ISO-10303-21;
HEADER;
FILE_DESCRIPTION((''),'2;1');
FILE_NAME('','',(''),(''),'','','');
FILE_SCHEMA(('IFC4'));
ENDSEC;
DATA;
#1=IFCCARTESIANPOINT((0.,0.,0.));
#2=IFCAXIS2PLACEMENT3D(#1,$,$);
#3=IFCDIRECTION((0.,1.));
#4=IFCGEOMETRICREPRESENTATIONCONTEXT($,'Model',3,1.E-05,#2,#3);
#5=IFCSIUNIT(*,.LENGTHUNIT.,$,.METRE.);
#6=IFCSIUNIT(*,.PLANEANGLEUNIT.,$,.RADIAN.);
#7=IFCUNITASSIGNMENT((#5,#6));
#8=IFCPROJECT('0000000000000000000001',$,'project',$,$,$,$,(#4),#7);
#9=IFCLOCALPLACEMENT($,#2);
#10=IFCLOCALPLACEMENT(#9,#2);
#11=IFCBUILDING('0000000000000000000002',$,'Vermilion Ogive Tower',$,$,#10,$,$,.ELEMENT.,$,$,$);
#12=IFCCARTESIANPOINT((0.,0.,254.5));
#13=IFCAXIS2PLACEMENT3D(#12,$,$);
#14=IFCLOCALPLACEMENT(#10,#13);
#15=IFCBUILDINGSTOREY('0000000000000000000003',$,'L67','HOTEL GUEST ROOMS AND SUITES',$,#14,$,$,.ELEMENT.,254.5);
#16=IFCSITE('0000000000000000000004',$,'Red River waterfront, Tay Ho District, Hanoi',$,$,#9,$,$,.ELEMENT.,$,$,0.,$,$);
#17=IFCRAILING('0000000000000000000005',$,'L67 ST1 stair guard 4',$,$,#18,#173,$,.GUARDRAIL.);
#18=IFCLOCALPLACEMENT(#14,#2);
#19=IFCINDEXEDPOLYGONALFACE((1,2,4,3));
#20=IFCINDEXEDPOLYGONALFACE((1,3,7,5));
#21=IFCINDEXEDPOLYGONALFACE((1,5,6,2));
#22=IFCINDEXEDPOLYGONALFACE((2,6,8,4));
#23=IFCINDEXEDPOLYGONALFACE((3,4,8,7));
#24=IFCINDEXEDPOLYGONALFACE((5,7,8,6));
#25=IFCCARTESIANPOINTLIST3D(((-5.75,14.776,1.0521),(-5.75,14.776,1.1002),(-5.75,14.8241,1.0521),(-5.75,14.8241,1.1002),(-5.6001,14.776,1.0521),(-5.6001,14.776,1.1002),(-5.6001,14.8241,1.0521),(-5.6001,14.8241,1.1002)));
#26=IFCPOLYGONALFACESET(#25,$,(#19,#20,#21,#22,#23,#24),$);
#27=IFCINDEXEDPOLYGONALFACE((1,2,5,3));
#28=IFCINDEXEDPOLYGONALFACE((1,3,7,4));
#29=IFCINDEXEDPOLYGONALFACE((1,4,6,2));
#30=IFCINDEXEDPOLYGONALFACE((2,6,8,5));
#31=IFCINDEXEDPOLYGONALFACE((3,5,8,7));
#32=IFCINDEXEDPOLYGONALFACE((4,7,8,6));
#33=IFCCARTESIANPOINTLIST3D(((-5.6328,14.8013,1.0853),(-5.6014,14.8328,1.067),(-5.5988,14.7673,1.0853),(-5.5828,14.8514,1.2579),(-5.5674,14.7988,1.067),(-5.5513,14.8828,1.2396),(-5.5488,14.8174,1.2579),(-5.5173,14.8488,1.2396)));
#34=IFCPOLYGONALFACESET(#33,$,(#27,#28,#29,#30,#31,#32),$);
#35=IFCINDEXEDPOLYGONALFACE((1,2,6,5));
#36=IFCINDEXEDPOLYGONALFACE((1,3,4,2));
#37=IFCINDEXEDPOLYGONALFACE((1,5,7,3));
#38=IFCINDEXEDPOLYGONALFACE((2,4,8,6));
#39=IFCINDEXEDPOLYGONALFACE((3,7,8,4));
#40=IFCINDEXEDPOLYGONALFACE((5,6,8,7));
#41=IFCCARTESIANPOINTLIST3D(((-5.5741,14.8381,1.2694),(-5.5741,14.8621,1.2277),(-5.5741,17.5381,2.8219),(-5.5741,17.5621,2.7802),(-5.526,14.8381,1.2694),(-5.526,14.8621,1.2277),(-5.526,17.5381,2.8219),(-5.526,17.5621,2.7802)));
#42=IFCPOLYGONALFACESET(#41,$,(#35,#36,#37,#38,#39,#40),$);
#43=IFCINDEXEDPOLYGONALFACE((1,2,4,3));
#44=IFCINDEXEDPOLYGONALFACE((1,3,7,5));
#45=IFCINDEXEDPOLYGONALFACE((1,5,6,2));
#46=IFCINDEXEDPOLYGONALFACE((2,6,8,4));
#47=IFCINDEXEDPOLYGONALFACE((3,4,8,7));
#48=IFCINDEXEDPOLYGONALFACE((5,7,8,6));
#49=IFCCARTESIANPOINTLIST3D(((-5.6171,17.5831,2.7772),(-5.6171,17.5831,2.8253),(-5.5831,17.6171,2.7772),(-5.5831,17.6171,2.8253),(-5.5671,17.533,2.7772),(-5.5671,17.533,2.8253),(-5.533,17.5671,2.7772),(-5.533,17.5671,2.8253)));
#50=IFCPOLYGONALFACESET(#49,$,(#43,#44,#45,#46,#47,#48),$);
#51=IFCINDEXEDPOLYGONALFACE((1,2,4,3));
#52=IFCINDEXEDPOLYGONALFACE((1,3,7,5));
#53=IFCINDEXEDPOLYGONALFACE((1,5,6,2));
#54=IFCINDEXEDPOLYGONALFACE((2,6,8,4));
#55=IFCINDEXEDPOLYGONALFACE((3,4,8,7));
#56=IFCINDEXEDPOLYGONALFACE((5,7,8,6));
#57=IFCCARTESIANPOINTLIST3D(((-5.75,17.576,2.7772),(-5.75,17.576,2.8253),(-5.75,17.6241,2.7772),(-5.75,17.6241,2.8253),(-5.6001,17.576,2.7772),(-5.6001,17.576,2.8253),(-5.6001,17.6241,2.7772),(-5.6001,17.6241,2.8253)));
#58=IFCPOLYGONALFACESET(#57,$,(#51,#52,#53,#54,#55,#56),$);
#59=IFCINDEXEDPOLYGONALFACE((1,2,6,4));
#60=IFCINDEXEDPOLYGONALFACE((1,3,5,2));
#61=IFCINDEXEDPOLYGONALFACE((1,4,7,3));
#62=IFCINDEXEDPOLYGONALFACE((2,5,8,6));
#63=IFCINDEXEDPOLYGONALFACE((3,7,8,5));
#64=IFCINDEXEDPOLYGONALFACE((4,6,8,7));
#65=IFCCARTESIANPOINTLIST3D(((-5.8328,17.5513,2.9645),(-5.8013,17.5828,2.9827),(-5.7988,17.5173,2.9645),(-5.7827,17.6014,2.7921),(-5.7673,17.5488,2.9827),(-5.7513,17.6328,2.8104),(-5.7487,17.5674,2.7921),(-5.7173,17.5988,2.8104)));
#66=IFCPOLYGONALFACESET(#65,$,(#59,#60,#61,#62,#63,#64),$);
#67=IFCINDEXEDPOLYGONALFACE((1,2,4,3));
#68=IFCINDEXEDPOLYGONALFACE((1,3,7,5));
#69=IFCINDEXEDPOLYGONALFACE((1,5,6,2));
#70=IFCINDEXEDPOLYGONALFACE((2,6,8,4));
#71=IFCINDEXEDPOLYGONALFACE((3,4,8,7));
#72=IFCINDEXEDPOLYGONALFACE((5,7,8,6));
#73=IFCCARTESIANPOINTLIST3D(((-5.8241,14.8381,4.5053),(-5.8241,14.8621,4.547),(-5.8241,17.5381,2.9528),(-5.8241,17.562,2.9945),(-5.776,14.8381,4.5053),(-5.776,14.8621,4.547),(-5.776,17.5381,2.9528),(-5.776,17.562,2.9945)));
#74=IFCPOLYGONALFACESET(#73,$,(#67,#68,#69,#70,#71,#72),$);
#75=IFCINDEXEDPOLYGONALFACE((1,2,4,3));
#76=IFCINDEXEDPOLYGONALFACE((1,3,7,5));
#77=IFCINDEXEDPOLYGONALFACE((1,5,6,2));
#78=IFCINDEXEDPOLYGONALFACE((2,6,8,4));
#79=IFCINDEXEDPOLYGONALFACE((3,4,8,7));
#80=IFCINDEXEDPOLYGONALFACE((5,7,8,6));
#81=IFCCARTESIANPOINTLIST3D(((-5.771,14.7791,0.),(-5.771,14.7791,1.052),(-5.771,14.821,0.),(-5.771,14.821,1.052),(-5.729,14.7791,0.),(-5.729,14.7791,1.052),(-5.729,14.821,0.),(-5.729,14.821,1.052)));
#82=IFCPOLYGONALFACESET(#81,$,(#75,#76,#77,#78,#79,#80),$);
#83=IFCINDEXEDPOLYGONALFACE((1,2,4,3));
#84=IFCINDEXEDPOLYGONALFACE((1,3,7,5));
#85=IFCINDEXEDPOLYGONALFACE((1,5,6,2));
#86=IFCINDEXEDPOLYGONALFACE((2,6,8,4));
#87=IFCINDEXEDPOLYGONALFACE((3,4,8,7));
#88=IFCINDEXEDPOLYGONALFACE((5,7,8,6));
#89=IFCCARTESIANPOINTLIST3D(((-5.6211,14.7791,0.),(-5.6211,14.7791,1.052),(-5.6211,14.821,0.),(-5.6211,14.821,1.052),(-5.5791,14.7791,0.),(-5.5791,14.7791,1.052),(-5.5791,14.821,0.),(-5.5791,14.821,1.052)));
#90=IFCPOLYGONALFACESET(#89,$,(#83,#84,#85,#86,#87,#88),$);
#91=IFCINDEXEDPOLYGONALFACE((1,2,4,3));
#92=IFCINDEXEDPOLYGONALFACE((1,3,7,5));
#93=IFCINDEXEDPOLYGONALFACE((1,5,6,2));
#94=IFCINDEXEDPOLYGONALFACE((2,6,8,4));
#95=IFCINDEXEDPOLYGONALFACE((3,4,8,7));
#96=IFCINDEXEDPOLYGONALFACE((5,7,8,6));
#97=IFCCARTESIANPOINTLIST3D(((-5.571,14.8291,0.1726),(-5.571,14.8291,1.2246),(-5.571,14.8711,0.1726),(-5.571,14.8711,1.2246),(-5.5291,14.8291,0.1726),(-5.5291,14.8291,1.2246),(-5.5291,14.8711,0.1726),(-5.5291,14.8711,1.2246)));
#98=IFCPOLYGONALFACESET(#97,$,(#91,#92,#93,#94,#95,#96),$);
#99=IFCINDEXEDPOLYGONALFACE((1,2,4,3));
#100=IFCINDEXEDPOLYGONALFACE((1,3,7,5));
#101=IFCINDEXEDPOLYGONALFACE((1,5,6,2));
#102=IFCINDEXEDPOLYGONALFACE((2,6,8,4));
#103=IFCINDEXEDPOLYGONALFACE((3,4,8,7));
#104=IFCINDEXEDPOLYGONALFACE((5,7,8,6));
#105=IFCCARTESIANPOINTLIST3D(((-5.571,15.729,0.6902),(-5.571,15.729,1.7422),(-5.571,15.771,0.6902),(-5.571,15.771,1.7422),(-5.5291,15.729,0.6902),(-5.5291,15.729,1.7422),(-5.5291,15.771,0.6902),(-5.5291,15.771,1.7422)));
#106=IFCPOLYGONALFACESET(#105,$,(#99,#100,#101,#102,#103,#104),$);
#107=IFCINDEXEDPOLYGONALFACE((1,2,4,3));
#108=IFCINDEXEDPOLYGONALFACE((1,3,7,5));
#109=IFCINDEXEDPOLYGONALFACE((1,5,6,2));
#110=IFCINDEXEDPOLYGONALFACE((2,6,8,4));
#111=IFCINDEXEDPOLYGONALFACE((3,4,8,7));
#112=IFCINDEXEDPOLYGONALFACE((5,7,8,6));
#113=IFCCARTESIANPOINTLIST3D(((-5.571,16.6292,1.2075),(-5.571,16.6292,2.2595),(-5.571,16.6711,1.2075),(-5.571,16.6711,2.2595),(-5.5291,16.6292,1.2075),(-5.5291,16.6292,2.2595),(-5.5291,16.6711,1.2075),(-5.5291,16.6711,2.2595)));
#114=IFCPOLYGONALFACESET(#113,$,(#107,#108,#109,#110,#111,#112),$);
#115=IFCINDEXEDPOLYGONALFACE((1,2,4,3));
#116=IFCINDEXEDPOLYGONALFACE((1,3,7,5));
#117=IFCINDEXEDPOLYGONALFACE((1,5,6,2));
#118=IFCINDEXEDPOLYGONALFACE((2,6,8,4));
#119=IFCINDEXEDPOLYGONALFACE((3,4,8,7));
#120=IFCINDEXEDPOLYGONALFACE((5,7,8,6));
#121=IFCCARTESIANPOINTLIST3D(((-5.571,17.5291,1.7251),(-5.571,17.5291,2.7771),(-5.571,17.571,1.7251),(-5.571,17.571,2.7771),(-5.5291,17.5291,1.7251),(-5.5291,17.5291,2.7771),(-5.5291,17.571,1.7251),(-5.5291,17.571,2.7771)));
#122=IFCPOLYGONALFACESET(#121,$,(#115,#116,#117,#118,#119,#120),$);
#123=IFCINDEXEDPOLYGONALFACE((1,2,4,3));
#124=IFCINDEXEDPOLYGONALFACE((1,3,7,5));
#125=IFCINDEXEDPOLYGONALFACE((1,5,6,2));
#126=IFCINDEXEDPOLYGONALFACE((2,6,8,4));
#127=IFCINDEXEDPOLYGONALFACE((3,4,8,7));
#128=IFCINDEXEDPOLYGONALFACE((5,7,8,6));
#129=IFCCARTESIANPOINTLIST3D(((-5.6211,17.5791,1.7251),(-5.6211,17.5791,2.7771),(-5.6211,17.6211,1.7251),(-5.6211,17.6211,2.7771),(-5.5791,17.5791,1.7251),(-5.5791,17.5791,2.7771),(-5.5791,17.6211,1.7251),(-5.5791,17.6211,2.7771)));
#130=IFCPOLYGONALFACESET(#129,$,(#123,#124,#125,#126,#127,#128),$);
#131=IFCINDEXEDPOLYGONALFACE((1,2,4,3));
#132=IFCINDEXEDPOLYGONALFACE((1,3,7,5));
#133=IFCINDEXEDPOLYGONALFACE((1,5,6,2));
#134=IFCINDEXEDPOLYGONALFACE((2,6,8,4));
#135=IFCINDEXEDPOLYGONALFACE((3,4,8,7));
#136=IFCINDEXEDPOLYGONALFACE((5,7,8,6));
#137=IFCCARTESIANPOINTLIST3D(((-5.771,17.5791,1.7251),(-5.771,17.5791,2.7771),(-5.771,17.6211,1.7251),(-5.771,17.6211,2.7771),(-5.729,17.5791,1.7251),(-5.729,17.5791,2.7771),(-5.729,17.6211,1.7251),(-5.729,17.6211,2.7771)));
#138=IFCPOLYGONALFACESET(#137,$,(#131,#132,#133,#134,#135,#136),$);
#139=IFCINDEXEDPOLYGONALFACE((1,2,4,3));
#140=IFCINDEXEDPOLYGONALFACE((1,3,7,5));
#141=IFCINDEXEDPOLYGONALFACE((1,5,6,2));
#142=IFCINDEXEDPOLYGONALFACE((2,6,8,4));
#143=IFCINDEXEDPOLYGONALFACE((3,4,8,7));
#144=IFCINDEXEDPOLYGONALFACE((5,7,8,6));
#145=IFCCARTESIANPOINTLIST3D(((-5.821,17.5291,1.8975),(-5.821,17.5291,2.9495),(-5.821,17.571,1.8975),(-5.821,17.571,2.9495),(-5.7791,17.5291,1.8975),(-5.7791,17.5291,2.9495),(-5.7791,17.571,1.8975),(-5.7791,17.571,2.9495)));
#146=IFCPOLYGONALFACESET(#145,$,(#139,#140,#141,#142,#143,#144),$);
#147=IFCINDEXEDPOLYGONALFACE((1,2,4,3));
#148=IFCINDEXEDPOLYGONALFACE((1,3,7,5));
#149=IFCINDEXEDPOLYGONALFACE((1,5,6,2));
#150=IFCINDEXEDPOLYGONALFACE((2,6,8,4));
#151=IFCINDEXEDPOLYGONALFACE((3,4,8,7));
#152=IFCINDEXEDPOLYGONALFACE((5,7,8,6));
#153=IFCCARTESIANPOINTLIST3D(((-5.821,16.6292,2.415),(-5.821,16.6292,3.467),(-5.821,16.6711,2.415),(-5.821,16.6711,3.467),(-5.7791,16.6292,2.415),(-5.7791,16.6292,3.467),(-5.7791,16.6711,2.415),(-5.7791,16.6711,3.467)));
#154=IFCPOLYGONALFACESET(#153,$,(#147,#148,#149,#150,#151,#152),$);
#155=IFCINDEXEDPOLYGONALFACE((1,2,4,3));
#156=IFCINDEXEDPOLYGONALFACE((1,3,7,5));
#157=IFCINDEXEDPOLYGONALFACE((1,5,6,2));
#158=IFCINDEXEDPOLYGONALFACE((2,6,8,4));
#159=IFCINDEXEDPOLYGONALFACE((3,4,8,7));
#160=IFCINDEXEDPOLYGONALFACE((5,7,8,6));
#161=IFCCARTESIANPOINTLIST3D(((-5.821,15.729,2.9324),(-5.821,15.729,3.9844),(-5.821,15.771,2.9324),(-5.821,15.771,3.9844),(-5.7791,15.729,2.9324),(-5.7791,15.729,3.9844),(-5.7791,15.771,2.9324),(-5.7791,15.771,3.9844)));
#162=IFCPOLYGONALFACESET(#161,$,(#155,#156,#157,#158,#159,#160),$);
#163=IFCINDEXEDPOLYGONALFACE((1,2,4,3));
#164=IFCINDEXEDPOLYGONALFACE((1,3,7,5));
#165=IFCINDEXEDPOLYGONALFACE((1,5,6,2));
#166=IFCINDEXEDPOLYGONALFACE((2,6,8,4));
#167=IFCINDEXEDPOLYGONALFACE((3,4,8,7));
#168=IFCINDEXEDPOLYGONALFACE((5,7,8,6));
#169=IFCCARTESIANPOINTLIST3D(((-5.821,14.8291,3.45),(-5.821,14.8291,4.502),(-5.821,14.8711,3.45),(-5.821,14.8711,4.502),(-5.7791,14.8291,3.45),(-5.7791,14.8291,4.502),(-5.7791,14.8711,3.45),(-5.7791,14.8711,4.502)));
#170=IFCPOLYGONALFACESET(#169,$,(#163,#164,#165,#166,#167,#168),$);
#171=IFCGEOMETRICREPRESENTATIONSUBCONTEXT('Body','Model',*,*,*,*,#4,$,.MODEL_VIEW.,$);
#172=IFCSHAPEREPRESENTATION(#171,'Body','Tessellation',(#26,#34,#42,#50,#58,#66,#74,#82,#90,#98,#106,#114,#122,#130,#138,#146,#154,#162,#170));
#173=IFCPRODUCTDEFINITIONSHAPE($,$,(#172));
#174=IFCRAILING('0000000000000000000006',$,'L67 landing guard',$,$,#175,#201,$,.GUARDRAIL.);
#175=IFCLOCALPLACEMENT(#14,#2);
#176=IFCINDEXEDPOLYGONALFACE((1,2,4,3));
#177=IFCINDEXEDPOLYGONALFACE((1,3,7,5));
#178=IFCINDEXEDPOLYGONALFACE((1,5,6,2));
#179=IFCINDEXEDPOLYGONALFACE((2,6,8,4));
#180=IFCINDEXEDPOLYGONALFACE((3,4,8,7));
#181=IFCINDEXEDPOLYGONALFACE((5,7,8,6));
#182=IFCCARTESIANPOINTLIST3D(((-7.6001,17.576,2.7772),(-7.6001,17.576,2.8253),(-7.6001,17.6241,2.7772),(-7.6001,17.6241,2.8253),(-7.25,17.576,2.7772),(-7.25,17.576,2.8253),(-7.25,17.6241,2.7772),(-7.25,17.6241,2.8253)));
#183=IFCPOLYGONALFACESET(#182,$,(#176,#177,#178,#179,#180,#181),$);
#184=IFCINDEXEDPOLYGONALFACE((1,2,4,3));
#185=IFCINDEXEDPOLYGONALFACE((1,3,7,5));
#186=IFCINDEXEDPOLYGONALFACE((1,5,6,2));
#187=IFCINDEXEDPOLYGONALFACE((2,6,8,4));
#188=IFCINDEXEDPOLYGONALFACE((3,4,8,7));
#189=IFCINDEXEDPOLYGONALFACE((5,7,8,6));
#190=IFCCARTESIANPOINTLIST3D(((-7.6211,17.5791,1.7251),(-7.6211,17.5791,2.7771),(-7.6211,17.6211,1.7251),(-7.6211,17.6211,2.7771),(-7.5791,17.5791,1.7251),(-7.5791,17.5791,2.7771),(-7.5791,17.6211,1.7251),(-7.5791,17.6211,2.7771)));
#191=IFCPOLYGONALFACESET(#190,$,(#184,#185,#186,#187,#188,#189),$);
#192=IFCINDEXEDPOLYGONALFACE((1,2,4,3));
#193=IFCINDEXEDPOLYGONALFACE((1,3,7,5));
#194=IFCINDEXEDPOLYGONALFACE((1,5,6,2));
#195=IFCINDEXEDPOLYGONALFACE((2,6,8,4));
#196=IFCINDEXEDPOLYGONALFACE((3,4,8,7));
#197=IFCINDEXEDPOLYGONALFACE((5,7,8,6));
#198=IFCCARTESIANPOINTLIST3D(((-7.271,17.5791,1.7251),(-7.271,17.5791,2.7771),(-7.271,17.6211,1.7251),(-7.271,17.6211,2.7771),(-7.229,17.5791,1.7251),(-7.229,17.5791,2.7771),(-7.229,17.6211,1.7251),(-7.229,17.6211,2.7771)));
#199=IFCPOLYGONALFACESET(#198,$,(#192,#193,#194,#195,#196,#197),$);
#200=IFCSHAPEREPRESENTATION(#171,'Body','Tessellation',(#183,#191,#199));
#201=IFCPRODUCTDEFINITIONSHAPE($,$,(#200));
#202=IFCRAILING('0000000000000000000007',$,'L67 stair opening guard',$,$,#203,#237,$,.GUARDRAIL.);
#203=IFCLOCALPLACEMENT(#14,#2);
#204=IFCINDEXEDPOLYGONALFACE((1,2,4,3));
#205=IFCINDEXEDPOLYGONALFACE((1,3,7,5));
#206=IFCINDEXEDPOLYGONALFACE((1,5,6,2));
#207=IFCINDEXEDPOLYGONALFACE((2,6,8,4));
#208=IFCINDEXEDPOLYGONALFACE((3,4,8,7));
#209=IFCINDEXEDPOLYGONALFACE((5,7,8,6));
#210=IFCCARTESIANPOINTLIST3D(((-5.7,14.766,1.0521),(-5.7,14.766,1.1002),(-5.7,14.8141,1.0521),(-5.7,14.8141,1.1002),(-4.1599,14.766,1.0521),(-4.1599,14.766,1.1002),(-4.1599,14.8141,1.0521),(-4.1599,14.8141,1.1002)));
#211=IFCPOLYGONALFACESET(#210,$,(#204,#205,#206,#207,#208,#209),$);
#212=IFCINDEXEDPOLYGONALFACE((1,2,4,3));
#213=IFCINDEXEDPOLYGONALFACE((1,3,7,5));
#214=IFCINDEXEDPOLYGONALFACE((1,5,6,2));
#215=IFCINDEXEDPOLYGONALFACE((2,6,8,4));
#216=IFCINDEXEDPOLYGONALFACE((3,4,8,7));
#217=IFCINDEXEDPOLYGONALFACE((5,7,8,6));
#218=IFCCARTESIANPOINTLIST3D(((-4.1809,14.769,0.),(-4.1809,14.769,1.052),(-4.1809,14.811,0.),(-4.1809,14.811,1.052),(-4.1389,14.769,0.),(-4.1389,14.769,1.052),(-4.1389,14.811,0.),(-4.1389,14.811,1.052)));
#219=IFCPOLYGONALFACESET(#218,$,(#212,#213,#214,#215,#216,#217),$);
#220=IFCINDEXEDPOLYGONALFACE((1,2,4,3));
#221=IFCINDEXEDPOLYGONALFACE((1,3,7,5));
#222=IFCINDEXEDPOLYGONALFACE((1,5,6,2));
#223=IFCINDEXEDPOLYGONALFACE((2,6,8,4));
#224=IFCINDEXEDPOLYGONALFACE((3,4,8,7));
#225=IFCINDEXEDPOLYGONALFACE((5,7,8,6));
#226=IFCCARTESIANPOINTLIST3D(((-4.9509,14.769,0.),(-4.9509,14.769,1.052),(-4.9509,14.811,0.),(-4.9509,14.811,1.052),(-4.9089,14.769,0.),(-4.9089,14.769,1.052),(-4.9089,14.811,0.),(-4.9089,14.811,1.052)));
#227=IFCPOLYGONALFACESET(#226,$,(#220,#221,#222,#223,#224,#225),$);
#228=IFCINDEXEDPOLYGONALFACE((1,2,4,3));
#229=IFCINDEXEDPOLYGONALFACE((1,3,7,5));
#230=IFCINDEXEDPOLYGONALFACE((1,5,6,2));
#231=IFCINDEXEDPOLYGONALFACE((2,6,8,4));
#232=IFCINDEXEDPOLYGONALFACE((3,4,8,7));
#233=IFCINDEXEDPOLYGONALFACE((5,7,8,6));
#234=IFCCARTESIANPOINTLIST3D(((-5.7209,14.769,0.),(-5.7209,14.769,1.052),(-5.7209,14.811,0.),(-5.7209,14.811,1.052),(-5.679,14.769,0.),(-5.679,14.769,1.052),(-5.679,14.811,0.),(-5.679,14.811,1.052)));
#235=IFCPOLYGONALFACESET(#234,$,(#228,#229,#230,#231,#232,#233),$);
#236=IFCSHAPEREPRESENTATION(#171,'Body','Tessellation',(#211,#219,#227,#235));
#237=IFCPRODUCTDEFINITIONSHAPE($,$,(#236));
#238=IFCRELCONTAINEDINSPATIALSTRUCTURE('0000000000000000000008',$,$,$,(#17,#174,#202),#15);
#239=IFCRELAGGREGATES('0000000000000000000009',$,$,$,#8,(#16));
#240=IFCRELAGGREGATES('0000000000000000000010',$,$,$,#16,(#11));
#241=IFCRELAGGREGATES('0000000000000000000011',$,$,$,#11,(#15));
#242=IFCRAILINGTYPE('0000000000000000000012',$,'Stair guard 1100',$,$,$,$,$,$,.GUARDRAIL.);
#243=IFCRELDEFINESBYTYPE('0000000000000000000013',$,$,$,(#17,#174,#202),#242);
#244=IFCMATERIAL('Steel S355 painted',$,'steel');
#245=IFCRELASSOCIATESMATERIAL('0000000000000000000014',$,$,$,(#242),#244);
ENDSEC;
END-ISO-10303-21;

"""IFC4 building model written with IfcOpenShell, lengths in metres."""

from ifc_helpers import new_model, si_unit, direction, frame, origin, origin_2d, place, context, subcontext, project, spatial, rectangle, extrude, material, type_object, element, save


model = new_model("IFC4")

# Units and contexts
model_context = context("Model", 3, precision=1e-05, world=origin(), true_north=direction((0.0, 1.0)))
body_context = subcontext(model_context, "Body", "Model", "MODEL_VIEW")
ifc_project = project(units=[si_unit("LENGTHUNIT", "METRE"), si_unit("PLANEANGLEUNIT", "RADIAN")], contexts=[model_context])

# Site, building, storey
site_placement = place(None, origin())
site = spatial("IfcSite", under=ifc_project, at=site_placement, Name="Red River waterfront, Tay Ho District, Hanoi", CompositionType="ELEMENT", RefElevation=0.0)
building_placement = place(site_placement, origin())
building = spatial("IfcBuilding", under=site, at=building_placement, Name="Vermilion Ogive Tower", CompositionType="ELEMENT")
storey_placement = place(building_placement, frame((0.0, 0.0, 254.5)))
storey = spatial("IfcBuildingStorey", under=building, at=storey_placement, Name="L67", Description="HOTEL GUEST ROOMS AND SUITES", CompositionType="ELEMENT", Elevation=254.5)

# Railings
ifc_material_1 = material(Name="Steel S355 painted", Category="steel")
railing_type_1 = type_object("IfcRailingType", Name="Stair guard 1100", PredefinedType="GUARDRAIL", material=ifc_material_1)
railing_1_placement = place(storey_placement, frame((-5.75, 14.8, 0.0)))
element("IfcRailing", 1, at=railing_1_placement, inside=storey, type_object=railing_type_1, Name="L67 ST1 stair guard 4", PredefinedType="GUARDRAIL", context=body_context, shape_type="SweptSolid", body=[
    extrude(rectangle(XDim=0.0481, YDim=0.0481, at=origin_2d()), frame((0.0, 0.0, 1.0762), z_axis=(1.0, 0.0, 0.0), x_axis=(0.0, 1.0, 0.0)), (0.0, 0.0, 1.0), 0.1499),
    extrude(rectangle(XDim=0.0481, YDim=0.0481, at=origin_2d()), frame((0.1499, 0.0, 1.0762), z_axis=(0.268278, 0.268278, 0.925232), x_axis=(-0.707107, 0.707107, 0.0)), (0.0, 0.0, 1.0), 0.1865),
    extrude(rectangle(XDim=0.0481, YDim=0.0481, at=origin_2d()), frame((0.2, 0.05, 1.2485), z_axis=(0.0, 0.866904, 0.498476), x_axis=(-1.0, 0.0, 0.0)), (0.0, 0.0, 1.0), 3.1145),
    extrude(rectangle(XDim=0.0481, YDim=0.0481, at=origin_2d()), frame((0.2, 2.75, 2.8013), z_axis=(-0.707107, 0.707107, 0.0), x_axis=(-0.707107, -0.707107, 0.0)), (0.0, 0.0, 1.0), 0.0708),
    extrude(rectangle(XDim=0.0481, YDim=0.0481, at=origin_2d()), frame((0.1499, 2.8, 2.8013), z_axis=(-1.0, 0.0, 0.0), x_axis=(0.0, -1.0, 0.0)), (0.0, 0.0, 1.0), 0.1499),
    extrude(rectangle(XDim=0.0481, YDim=0.0481, at=origin_2d()), frame((0.0, 2.8, 2.8013), z_axis=(-0.268603, -0.268603, 0.925043), x_axis=(0.707107, -0.707107, 0.0)), (0.0, 0.0, 1.0), 0.1863),
    extrude(rectangle(XDim=0.0481, YDim=0.0481, at=origin_2d()), frame((-0.05, 2.75, 2.9736), z_axis=(0.0, -0.866904, 0.498476), x_axis=(1.0, 0.0, 0.0)), (0.0, 0.0, 1.0), 3.1145),
    extrude(rectangle(XDim=0.042, YDim=0.042, at=origin_2d()), origin(), (0.0, 0.0, 1.0), 1.052),
    extrude(rectangle(XDim=0.042, YDim=0.042, at=origin_2d()), frame((0.1499, 0.0, 0.0)), (0.0, 0.0, 1.0), 1.052),
    extrude(rectangle(XDim=0.042, YDim=0.042, at=origin_2d()), frame((0.2, 0.05, 0.1726)), (0.0, 0.0, 1.0), 1.052),
    extrude(rectangle(XDim=0.042, YDim=0.042, at=origin_2d()), frame((0.2, 0.95, 0.6902)), (0.0, 0.0, 1.0), 1.052),
    extrude(rectangle(XDim=0.042, YDim=0.042, at=origin_2d()), frame((0.2, 1.8501, 1.2075)), (0.0, 0.0, 1.0), 1.052),
    extrude(rectangle(XDim=0.042, YDim=0.042, at=origin_2d()), frame((0.2, 2.75, 1.7251)), (0.0, 0.0, 1.0), 1.052),
    extrude(rectangle(XDim=0.042, YDim=0.042, at=origin_2d()), frame((0.1499, 2.8, 1.7251)), (0.0, 0.0, 1.0), 1.052),
    extrude(rectangle(XDim=0.042, YDim=0.042, at=origin_2d()), frame((0.0, 2.8, 1.7251)), (0.0, 0.0, 1.0), 1.052),
    extrude(rectangle(XDim=0.042, YDim=0.042, at=origin_2d()), frame((-0.05, 2.75, 1.8975)), (0.0, 0.0, 1.0), 1.052),
    extrude(rectangle(XDim=0.042, YDim=0.042, at=origin_2d()), frame((-0.05, 1.8501, 2.415)), (0.0, 0.0, 1.0), 1.052),
    extrude(rectangle(XDim=0.042, YDim=0.042, at=origin_2d()), frame((-0.05, 0.95, 2.9324)), (0.0, 0.0, 1.0), 1.052),
    extrude(rectangle(XDim=0.042, YDim=0.042, at=origin_2d()), frame((-0.05, 0.05, 3.45)), (0.0, 0.0, 1.0), 1.052),
])
railing_2_placement = place(storey_placement, frame((-7.6001, 17.6001, 1.7251)))
element("IfcRailing", 2, at=railing_2_placement, inside=storey, type_object=railing_type_1, Name="L67 landing guard", PredefinedType="GUARDRAIL", context=body_context, shape_type="SweptSolid", body=[
    extrude(rectangle(XDim=0.0481, YDim=0.0481, at=origin_2d()), frame((0.0, 0.0, 1.0762), z_axis=(1.0, 0.0, 0.0), x_axis=(0.0, 1.0, 0.0)), (0.0, 0.0, 1.0), 0.3501),
    extrude(rectangle(XDim=0.042, YDim=0.042, at=origin_2d()), origin(), (0.0, 0.0, 1.0), 1.052),
    extrude(rectangle(XDim=0.042, YDim=0.042, at=origin_2d()), frame((0.3501, 0.0, 0.0)), (0.0, 0.0, 1.0), 1.052),
])
railing_3_placement = place(storey_placement, frame((-4.1599, 14.79, 0.0)))
element("IfcRailing", 3, at=railing_3_placement, inside=storey, type_object=railing_type_1, Name="L67 stair opening guard", PredefinedType="GUARDRAIL", context=body_context, shape_type="SweptSolid", body=[
    extrude(rectangle(XDim=0.0481, YDim=0.0481, at=origin_2d()), frame((0.0, 0.0, 1.0762), z_axis=(-1.0, 0.0, 0.0), x_axis=(0.0, -1.0, 0.0)), (0.0, 0.0, 1.0), 1.54),
    extrude(rectangle(XDim=0.042, YDim=0.042, at=origin_2d()), origin(), (0.0, 0.0, 1.0), 1.052),
    extrude(rectangle(XDim=0.042, YDim=0.042, at=origin_2d()), frame((-0.77, 0.0, 0.0)), (0.0, 0.0, 1.0), 1.052),
    extrude(rectangle(XDim=0.042, YDim=0.042, at=origin_2d()), frame((-1.54, 0.0, 0.0)), (0.0, 0.0, 1.0), 1.052),
])

save(model, "model.ifc")
